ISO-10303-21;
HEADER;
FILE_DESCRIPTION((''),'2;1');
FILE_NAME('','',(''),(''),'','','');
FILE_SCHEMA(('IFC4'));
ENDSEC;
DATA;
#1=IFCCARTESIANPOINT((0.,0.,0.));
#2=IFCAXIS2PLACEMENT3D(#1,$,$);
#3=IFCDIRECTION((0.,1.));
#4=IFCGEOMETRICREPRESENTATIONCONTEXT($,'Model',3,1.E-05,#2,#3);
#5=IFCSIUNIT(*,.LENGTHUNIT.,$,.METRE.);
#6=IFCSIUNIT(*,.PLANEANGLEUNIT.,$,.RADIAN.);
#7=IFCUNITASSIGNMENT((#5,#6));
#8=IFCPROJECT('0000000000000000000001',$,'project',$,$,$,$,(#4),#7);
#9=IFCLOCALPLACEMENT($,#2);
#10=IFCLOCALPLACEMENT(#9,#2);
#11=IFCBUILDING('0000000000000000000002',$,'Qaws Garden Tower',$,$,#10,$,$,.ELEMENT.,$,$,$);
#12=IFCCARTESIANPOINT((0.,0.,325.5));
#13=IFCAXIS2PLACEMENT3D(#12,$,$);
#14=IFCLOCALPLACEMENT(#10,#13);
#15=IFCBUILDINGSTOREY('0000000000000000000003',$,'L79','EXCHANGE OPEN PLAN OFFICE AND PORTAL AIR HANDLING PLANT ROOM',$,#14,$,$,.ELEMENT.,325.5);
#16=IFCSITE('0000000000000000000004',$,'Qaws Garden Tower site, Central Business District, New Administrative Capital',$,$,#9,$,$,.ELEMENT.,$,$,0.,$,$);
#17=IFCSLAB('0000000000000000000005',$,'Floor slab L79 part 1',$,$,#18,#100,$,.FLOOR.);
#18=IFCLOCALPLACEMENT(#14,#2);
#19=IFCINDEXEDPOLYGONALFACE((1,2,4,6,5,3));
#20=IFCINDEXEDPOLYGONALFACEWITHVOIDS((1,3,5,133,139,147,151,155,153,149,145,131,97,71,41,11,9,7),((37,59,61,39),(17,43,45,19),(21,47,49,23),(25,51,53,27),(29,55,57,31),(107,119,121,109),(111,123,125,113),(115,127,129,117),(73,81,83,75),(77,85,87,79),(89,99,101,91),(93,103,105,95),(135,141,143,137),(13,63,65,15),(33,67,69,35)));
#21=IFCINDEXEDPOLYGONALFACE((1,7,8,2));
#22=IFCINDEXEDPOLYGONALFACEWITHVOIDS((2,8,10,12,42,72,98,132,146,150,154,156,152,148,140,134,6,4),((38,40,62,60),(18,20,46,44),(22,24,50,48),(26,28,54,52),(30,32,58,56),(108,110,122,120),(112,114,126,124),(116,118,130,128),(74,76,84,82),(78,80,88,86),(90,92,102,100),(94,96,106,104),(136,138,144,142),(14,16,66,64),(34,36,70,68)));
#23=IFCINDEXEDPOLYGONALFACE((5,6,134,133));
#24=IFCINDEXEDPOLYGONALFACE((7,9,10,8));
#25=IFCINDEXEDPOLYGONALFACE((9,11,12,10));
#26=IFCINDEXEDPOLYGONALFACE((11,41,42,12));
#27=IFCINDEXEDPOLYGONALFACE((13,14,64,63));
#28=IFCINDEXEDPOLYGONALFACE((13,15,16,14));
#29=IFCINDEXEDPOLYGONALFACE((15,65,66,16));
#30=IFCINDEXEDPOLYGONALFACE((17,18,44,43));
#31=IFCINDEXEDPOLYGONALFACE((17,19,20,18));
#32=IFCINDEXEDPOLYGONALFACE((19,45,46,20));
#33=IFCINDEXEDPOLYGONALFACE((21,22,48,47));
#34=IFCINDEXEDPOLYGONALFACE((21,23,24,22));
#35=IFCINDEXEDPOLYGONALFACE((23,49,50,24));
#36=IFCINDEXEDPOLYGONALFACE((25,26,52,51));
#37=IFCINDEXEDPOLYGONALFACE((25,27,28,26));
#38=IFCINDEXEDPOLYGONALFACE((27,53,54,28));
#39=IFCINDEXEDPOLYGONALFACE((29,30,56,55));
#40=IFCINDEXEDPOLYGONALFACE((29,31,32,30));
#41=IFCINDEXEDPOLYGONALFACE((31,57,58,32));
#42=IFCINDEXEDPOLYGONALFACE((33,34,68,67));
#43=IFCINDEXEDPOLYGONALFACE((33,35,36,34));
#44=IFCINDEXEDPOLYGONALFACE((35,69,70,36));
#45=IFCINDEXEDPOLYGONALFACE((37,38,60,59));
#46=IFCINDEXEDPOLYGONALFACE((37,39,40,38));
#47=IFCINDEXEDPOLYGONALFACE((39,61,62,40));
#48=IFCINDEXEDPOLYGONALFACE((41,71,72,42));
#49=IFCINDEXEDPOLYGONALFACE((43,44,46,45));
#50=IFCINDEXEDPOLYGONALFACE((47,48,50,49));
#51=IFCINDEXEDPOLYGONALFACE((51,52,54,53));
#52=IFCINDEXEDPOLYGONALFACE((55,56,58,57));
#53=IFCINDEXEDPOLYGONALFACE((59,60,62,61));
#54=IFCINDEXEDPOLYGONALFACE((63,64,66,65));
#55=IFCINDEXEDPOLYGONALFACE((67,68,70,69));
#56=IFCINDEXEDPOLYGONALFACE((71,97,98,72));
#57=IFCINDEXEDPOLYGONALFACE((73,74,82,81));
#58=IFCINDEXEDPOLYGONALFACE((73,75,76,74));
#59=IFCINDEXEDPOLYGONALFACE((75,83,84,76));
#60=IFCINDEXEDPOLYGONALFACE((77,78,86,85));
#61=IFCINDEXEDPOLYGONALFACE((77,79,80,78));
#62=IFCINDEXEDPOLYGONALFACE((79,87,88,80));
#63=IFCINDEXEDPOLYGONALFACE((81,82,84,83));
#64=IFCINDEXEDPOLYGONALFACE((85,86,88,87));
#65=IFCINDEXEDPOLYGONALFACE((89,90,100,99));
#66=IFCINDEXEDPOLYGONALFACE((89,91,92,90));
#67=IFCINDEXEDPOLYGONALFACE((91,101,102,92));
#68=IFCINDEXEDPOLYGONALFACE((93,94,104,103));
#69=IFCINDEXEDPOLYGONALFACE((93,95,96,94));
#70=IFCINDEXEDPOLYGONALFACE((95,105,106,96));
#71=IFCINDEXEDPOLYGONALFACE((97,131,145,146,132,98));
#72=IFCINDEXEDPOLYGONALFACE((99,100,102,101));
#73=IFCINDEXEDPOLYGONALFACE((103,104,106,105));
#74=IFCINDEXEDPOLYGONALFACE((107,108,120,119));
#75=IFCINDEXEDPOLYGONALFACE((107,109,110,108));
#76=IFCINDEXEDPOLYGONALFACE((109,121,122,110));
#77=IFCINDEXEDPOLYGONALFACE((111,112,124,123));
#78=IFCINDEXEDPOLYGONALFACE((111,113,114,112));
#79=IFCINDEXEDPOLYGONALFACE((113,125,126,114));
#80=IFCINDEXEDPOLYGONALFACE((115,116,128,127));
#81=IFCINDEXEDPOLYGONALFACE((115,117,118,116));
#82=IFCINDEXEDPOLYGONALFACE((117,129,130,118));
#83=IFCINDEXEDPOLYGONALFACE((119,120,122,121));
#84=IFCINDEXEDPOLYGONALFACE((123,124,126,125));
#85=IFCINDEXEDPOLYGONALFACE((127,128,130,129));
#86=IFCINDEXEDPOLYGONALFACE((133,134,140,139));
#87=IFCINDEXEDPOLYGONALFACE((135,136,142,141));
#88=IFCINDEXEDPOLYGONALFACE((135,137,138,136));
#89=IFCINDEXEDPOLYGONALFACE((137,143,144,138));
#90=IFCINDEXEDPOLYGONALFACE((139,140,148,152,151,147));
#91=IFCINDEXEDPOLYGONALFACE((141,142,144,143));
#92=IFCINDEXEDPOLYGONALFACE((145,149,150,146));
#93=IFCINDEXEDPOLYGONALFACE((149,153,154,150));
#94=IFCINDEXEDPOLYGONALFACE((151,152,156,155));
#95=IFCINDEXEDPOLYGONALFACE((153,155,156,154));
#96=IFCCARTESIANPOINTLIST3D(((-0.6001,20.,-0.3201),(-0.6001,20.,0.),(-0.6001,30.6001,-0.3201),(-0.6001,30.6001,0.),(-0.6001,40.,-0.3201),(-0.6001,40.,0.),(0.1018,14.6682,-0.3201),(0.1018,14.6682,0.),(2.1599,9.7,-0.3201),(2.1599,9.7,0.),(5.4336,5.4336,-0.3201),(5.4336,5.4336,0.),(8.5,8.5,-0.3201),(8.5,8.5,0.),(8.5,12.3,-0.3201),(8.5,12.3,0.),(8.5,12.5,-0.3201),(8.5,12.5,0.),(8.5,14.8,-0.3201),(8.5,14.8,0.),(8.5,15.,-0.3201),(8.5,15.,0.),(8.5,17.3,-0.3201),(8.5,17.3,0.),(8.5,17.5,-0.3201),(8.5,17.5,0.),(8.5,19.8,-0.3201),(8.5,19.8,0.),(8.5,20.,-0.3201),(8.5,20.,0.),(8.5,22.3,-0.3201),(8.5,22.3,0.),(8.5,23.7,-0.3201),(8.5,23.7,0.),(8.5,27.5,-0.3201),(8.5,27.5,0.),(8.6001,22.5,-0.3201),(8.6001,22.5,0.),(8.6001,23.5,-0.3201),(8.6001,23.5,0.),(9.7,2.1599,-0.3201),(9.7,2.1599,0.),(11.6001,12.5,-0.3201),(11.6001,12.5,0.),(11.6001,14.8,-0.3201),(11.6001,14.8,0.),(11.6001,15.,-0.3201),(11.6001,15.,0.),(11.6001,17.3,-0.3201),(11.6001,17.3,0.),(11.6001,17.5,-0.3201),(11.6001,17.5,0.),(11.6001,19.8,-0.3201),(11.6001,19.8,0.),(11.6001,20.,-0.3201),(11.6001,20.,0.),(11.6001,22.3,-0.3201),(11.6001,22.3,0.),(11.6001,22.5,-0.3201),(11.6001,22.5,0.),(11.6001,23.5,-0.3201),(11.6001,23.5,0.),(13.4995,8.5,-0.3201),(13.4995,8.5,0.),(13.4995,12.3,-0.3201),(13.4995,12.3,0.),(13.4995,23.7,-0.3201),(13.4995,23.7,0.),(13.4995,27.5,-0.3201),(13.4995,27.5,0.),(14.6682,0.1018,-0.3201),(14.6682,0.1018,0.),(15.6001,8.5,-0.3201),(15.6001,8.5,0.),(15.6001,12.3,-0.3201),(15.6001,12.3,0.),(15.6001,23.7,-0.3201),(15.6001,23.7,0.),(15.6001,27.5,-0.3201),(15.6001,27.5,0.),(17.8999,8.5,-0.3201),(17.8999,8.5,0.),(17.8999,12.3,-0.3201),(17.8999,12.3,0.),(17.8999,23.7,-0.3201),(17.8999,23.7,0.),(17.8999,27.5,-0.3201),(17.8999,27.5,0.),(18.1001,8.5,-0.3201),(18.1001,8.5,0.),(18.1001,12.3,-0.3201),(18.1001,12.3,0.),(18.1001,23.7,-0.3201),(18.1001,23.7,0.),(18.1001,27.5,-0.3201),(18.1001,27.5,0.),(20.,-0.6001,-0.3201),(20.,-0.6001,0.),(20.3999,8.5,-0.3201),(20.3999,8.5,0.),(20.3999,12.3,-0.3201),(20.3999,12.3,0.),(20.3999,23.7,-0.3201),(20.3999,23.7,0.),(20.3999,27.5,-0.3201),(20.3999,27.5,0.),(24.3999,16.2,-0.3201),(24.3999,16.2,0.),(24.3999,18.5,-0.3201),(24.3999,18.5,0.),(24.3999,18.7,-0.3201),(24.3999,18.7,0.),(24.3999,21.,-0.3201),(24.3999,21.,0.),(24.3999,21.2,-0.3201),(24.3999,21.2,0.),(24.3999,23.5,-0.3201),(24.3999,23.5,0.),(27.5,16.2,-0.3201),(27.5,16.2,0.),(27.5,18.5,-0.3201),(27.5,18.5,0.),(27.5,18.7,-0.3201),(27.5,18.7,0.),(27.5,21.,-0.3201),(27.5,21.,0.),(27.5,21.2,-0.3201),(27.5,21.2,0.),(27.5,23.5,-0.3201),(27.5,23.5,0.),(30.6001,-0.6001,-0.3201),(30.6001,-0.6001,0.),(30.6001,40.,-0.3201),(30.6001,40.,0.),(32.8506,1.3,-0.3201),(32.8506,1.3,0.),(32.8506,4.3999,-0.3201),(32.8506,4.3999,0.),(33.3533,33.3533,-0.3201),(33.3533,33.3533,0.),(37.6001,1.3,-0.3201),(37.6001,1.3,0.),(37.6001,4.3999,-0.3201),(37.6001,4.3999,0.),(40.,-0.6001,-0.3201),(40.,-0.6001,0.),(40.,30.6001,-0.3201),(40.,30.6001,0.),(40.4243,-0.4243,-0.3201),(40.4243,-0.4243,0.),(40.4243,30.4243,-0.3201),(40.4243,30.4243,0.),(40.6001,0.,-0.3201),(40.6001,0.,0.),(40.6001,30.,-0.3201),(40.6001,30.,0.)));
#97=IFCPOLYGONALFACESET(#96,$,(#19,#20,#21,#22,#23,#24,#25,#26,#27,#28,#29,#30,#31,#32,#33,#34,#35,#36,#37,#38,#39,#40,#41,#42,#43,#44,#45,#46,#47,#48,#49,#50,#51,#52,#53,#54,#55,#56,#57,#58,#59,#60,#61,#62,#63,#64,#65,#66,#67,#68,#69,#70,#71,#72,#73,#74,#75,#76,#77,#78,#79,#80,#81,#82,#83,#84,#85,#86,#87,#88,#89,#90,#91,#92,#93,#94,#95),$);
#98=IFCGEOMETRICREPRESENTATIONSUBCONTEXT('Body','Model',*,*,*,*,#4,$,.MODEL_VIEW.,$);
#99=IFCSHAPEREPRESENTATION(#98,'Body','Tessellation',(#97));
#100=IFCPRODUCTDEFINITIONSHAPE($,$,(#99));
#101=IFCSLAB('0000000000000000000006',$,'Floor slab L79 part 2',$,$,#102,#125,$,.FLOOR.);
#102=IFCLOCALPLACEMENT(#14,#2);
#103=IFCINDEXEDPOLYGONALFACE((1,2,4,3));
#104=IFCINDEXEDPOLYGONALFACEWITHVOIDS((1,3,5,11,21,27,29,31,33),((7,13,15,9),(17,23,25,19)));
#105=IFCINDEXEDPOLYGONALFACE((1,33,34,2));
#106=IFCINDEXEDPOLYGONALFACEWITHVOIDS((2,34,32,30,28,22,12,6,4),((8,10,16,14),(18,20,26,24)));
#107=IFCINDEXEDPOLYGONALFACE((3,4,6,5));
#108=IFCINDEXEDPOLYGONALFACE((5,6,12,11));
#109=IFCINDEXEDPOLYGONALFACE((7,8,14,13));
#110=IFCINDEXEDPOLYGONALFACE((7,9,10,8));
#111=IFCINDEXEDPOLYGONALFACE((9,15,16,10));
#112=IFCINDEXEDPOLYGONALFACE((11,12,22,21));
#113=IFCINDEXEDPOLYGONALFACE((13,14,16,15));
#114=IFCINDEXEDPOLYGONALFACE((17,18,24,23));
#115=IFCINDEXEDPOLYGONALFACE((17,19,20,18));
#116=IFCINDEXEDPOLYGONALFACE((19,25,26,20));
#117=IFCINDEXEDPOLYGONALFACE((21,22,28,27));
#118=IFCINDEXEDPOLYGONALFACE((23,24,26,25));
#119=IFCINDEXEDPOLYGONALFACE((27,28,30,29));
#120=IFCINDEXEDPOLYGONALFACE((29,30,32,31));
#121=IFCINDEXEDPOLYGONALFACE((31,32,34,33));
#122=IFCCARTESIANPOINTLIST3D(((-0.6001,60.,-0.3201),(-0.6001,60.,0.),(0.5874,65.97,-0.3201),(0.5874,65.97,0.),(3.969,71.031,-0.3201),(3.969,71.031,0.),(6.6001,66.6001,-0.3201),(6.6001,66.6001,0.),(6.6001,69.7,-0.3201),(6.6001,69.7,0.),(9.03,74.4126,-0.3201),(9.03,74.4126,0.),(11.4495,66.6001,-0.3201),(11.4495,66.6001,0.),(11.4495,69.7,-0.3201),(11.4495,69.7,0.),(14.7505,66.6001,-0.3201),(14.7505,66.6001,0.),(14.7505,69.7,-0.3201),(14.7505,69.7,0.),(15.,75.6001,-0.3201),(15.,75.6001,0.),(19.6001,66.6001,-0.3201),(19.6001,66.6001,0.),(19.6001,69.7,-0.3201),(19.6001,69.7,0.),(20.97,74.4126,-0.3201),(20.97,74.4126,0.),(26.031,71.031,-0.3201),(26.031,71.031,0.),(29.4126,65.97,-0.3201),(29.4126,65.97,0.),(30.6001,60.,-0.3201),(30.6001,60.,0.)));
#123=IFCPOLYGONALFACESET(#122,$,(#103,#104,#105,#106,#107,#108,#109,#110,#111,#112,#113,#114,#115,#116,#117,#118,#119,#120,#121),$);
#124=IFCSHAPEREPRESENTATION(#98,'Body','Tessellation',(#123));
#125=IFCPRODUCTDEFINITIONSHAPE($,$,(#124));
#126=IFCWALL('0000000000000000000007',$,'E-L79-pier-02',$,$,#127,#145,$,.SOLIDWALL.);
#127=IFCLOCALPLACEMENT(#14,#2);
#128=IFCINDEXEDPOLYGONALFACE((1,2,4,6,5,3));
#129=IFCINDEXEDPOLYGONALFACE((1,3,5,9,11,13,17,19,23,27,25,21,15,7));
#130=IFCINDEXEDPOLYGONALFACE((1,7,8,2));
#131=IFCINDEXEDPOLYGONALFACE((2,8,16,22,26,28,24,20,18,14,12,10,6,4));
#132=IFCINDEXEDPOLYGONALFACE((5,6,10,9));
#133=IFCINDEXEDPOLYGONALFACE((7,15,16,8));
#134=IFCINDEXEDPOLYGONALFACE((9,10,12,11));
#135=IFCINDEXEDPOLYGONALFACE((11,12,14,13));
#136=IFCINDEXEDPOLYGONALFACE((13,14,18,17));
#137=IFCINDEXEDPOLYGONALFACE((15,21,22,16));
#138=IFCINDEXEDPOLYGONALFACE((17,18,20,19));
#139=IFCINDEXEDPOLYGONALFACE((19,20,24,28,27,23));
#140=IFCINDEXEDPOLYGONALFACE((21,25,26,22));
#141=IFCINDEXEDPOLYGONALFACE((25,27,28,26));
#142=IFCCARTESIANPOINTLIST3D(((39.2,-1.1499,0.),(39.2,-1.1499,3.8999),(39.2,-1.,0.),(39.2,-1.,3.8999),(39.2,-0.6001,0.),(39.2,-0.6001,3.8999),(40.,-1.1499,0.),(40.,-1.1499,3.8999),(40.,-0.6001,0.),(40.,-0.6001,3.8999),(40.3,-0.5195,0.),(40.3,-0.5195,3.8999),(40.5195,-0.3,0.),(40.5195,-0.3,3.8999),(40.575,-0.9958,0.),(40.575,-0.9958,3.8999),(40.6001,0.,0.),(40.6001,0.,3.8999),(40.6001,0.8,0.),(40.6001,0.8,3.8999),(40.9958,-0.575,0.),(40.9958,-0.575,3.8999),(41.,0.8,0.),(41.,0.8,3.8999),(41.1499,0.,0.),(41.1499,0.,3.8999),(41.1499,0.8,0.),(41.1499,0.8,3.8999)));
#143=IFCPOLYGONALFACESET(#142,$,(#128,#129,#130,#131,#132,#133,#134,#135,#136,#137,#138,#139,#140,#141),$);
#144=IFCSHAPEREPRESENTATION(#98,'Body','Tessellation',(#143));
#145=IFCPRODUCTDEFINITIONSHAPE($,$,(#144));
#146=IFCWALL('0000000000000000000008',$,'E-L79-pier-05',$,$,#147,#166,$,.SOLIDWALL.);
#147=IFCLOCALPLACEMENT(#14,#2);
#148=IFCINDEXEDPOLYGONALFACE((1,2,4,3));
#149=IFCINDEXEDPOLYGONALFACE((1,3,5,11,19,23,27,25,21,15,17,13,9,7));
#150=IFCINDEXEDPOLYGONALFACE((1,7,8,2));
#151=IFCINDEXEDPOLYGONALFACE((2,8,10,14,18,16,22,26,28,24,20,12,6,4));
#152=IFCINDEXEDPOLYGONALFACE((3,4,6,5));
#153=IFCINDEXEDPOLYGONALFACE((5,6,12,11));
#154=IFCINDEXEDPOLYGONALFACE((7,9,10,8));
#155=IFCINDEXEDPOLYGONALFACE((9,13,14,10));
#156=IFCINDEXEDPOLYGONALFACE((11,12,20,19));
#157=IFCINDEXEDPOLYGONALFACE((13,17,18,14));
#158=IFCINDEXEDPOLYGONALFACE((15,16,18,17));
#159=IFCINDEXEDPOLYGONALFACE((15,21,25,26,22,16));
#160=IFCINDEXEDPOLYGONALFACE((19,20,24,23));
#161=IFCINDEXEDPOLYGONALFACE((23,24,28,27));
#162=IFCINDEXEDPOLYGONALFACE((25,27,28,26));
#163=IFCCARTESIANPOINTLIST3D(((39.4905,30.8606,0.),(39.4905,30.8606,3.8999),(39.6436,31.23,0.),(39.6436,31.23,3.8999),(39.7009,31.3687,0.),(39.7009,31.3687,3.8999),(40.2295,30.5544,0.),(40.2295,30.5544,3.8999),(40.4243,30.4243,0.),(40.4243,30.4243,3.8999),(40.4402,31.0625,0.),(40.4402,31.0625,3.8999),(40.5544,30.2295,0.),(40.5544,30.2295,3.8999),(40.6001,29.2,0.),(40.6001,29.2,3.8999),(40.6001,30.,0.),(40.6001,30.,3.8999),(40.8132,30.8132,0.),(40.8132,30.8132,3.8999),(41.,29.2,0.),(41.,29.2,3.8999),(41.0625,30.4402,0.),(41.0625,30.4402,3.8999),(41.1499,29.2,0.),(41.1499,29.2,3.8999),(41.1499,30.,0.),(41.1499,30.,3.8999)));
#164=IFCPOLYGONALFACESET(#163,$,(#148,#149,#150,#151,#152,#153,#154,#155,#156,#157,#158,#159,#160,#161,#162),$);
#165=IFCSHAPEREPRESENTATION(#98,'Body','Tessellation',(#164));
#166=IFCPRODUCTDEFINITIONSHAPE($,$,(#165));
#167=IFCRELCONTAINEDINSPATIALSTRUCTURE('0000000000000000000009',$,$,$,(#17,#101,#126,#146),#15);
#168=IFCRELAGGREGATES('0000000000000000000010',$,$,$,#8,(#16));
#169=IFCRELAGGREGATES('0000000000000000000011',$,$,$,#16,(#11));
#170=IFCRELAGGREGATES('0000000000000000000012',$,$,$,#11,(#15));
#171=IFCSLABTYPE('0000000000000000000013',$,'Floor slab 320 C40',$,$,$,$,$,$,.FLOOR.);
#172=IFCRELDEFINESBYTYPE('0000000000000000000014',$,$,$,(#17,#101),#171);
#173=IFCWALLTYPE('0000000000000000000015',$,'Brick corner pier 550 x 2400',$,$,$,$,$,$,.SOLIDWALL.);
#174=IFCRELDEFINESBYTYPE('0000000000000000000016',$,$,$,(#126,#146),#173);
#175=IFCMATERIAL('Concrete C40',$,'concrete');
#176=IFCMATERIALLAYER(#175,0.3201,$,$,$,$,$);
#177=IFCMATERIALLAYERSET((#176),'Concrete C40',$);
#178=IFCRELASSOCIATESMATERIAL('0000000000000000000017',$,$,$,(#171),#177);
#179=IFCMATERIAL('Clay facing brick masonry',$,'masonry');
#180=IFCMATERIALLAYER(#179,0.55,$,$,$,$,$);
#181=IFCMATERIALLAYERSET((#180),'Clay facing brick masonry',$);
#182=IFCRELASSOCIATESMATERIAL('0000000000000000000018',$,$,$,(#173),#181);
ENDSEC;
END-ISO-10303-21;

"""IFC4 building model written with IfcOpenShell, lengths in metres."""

from ifc_helpers import new_model, si_unit, direction, frame, origin, place, context, subcontext, project, spatial, polyline, outline, extrude, material, layer, layer_set, type_object, element, save


model = new_model("IFC4")

# Units and contexts
model_context = context("Model", 3, precision=1e-05, world=origin(), true_north=direction((0.0, 1.0)))
body_context = subcontext(model_context, "Body", "Model", "MODEL_VIEW")
ifc_project = project(units=[si_unit("LENGTHUNIT", "METRE"), si_unit("PLANEANGLEUNIT", "RADIAN")], contexts=[model_context])

# Site, building, storey
site_placement = place(None, origin())
site = spatial("IfcSite", under=ifc_project, at=site_placement, Name="Qaws Garden Tower site, Central Business District, New Administrative Capital", CompositionType="ELEMENT", RefElevation=0.0)
building_placement = place(site_placement, origin())
building = spatial("IfcBuilding", under=site, at=building_placement, Name="Qaws Garden Tower", CompositionType="ELEMENT")
storey_placement = place(building_placement, frame((0.0, 0.0, 325.5)))
storey = spatial("IfcBuildingStorey", under=building, at=storey_placement, Name="L79", Description="EXCHANGE OPEN PLAN OFFICE AND PORTAL AIR HANDLING PLANT ROOM", CompositionType="ELEMENT", Elevation=325.5)

# Slabs
ifc_material_1 = material(Name="Concrete C40", Category="concrete")
ifc_layer_1 = layer(ifc_material_1, 0.3201)
ifc_layer_set_1 = layer_set([ifc_layer_1], Name="Concrete C40")
slab_type = type_object("IfcSlabType", Name="Floor slab 320 C40", PredefinedType="FLOOR", material=ifc_layer_set_1)
placement_1 = place(storey_placement, frame((0.0, 0.0, -0.3201)))
element("IfcSlab", 1, at=placement_1, inside=storey, type_object=slab_type, Name="Floor slab L79 part 1", PredefinedType="FLOOR", context=body_context, shape_type="SweptSolid", body=[
    extrude(outline(polyline([(-0.6001, 20.0), (-0.6001, 30.6001), (-0.6001, 40.0), (30.6001, 40.0), (33.3533, 33.3533), (40.0, 30.6001), (40.4243, 30.4243), (40.6001, 30.0), (40.6001, 0.0), (40.4243, -0.4243), (40.0, -0.6001), (30.6001, -0.6001), (20.0, -0.6001), (14.6682, 0.1018), (9.7, 2.1599), (5.4336, 5.4336), (2.1599, 9.7), (0.1018, 14.6682), (-0.6001, 20.0)]), holes=[polyline([(13.4995, 12.3), (8.5, 12.3), (8.5, 8.5), (13.4995, 8.5), (13.4995, 12.3)]), polyline([(17.8999, 12.3), (15.6001, 12.3), (15.6001, 8.5), (17.8999, 8.5), (17.8999, 12.3)]), polyline([(11.6001, 14.8), (8.5, 14.8), (8.5, 12.5), (11.6001, 12.5), (11.6001, 14.8)]), polyline([(11.6001, 17.3), (8.5, 17.3), (8.5, 15.0), (11.6001, 15.0), (11.6001, 17.3)]), polyline([(11.6001, 19.8), (8.5, 19.8), (8.5, 17.5), (11.6001, 17.5), (11.6001, 19.8)]), polyline([(11.6001, 22.3), (8.5, 22.3), (8.5, 20.0), (11.6001, 20.0), (11.6001, 22.3)]), polyline([(11.6001, 23.5), (8.6001, 23.5), (8.6001, 22.5), (11.6001, 22.5), (11.6001, 23.5)]), polyline([(13.4995, 27.5), (8.5, 27.5), (8.5, 23.7), (13.4995, 23.7), (13.4995, 27.5)]), polyline([(37.6001, 4.3999), (32.8506, 4.3999), (32.8506, 1.3), (37.6001, 1.3), (37.6001, 4.3999)]), polyline([(20.3999, 12.3), (18.1001, 12.3), (18.1001, 8.5), (20.3999, 8.5), (20.3999, 12.3)]), polyline([(27.5, 18.5), (24.3999, 18.5), (24.3999, 16.2), (27.5, 16.2), (27.5, 18.5)]), polyline([(27.5, 21.0), (24.3999, 21.0), (24.3999, 18.7), (27.5, 18.7), (27.5, 21.0)]), polyline([(27.5, 23.5), (24.3999, 23.5), (24.3999, 21.2), (27.5, 21.2), (27.5, 23.5)]), polyline([(17.8999, 27.5), (15.6001, 27.5), (15.6001, 23.7), (17.8999, 23.7), (17.8999, 27.5)]), polyline([(20.3999, 23.7), (20.3999, 27.5), (18.1001, 27.5), (18.1001, 23.7), (20.3999, 23.7)])]), origin(), (0.0, 0.0, 1.0), 0.3201),
])
element("IfcSlab", 2, at=placement_1, inside=storey, type_object=slab_type, Name="Floor slab L79 part 2", PredefinedType="FLOOR", context=body_context, shape_type="SweptSolid", body=[
    extrude(outline(polyline([(3.969, 71.031), (9.03, 74.4126), (15.0, 75.6001), (20.97, 74.4126), (26.031, 71.031), (29.4126, 65.97), (30.6001, 60.0), (-0.6001, 60.0), (0.5874, 65.97), (3.969, 71.031)]), holes=[polyline([(11.4495, 69.7), (6.6001, 69.7), (6.6001, 66.6001), (11.4495, 66.6001), (11.4495, 69.7)]), polyline([(19.6001, 66.6001), (19.6001, 69.7), (14.7505, 69.7), (14.7505, 66.6001), (19.6001, 66.6001)])]), origin(), (0.0, 0.0, 1.0), 0.3201),
])

# Walls
ifc_material_2 = material(Name="Clay facing brick masonry", Category="masonry")
ifc_layer_2 = layer(ifc_material_2, 0.55)
ifc_layer_set_2 = layer_set([ifc_layer_2], Name="Clay facing brick masonry")
wall_type_1 = type_object("IfcWallType", Name="Brick corner pier 550 x 2400", PredefinedType="SOLIDWALL", material=ifc_layer_set_2)
placement_2 = place(storey_placement, origin())
element("IfcWall", 3, at=placement_2, inside=storey, type_object=wall_type_1, Name="E-L79-pier-02", PredefinedType="SOLIDWALL", context=body_context, shape_type="SweptSolid", body=[
    extrude(outline(polyline([(39.2, -1.0), (39.2, -1.1499), (40.0, -1.1499), (40.575, -0.9958), (40.9958, -0.575), (41.1499, 0.0), (41.1499, 0.8), (41.0, 0.8), (40.6001, 0.8), (40.6001, 0.0), (40.5195, -0.3), (40.3, -0.5195), (40.0, -0.6001), (39.2, -0.6001), (39.2, -1.0)])), origin(), (0.0, 0.0, 1.0), 3.8999),
])
element("IfcWall", 4, at=placement_2, inside=storey, type_object=wall_type_1, Name="E-L79-pier-05", PredefinedType="SOLIDWALL", context=body_context, shape_type="SweptSolid", body=[
    extrude(outline(polyline([(41.0, 29.2), (41.1499, 29.2), (41.1499, 30.0), (41.0625, 30.4402), (40.8132, 30.8132), (40.4402, 31.0625), (39.7009, 31.3687), (39.6436, 31.23), (39.4905, 30.8606), (40.2295, 30.5544), (40.4243, 30.4243), (40.5544, 30.2295), (40.6001, 30.0), (40.6001, 29.2), (41.0, 29.2)])), origin(), (0.0, 0.0, 1.0), 3.8999),
])

save(model, "model.ifc")
